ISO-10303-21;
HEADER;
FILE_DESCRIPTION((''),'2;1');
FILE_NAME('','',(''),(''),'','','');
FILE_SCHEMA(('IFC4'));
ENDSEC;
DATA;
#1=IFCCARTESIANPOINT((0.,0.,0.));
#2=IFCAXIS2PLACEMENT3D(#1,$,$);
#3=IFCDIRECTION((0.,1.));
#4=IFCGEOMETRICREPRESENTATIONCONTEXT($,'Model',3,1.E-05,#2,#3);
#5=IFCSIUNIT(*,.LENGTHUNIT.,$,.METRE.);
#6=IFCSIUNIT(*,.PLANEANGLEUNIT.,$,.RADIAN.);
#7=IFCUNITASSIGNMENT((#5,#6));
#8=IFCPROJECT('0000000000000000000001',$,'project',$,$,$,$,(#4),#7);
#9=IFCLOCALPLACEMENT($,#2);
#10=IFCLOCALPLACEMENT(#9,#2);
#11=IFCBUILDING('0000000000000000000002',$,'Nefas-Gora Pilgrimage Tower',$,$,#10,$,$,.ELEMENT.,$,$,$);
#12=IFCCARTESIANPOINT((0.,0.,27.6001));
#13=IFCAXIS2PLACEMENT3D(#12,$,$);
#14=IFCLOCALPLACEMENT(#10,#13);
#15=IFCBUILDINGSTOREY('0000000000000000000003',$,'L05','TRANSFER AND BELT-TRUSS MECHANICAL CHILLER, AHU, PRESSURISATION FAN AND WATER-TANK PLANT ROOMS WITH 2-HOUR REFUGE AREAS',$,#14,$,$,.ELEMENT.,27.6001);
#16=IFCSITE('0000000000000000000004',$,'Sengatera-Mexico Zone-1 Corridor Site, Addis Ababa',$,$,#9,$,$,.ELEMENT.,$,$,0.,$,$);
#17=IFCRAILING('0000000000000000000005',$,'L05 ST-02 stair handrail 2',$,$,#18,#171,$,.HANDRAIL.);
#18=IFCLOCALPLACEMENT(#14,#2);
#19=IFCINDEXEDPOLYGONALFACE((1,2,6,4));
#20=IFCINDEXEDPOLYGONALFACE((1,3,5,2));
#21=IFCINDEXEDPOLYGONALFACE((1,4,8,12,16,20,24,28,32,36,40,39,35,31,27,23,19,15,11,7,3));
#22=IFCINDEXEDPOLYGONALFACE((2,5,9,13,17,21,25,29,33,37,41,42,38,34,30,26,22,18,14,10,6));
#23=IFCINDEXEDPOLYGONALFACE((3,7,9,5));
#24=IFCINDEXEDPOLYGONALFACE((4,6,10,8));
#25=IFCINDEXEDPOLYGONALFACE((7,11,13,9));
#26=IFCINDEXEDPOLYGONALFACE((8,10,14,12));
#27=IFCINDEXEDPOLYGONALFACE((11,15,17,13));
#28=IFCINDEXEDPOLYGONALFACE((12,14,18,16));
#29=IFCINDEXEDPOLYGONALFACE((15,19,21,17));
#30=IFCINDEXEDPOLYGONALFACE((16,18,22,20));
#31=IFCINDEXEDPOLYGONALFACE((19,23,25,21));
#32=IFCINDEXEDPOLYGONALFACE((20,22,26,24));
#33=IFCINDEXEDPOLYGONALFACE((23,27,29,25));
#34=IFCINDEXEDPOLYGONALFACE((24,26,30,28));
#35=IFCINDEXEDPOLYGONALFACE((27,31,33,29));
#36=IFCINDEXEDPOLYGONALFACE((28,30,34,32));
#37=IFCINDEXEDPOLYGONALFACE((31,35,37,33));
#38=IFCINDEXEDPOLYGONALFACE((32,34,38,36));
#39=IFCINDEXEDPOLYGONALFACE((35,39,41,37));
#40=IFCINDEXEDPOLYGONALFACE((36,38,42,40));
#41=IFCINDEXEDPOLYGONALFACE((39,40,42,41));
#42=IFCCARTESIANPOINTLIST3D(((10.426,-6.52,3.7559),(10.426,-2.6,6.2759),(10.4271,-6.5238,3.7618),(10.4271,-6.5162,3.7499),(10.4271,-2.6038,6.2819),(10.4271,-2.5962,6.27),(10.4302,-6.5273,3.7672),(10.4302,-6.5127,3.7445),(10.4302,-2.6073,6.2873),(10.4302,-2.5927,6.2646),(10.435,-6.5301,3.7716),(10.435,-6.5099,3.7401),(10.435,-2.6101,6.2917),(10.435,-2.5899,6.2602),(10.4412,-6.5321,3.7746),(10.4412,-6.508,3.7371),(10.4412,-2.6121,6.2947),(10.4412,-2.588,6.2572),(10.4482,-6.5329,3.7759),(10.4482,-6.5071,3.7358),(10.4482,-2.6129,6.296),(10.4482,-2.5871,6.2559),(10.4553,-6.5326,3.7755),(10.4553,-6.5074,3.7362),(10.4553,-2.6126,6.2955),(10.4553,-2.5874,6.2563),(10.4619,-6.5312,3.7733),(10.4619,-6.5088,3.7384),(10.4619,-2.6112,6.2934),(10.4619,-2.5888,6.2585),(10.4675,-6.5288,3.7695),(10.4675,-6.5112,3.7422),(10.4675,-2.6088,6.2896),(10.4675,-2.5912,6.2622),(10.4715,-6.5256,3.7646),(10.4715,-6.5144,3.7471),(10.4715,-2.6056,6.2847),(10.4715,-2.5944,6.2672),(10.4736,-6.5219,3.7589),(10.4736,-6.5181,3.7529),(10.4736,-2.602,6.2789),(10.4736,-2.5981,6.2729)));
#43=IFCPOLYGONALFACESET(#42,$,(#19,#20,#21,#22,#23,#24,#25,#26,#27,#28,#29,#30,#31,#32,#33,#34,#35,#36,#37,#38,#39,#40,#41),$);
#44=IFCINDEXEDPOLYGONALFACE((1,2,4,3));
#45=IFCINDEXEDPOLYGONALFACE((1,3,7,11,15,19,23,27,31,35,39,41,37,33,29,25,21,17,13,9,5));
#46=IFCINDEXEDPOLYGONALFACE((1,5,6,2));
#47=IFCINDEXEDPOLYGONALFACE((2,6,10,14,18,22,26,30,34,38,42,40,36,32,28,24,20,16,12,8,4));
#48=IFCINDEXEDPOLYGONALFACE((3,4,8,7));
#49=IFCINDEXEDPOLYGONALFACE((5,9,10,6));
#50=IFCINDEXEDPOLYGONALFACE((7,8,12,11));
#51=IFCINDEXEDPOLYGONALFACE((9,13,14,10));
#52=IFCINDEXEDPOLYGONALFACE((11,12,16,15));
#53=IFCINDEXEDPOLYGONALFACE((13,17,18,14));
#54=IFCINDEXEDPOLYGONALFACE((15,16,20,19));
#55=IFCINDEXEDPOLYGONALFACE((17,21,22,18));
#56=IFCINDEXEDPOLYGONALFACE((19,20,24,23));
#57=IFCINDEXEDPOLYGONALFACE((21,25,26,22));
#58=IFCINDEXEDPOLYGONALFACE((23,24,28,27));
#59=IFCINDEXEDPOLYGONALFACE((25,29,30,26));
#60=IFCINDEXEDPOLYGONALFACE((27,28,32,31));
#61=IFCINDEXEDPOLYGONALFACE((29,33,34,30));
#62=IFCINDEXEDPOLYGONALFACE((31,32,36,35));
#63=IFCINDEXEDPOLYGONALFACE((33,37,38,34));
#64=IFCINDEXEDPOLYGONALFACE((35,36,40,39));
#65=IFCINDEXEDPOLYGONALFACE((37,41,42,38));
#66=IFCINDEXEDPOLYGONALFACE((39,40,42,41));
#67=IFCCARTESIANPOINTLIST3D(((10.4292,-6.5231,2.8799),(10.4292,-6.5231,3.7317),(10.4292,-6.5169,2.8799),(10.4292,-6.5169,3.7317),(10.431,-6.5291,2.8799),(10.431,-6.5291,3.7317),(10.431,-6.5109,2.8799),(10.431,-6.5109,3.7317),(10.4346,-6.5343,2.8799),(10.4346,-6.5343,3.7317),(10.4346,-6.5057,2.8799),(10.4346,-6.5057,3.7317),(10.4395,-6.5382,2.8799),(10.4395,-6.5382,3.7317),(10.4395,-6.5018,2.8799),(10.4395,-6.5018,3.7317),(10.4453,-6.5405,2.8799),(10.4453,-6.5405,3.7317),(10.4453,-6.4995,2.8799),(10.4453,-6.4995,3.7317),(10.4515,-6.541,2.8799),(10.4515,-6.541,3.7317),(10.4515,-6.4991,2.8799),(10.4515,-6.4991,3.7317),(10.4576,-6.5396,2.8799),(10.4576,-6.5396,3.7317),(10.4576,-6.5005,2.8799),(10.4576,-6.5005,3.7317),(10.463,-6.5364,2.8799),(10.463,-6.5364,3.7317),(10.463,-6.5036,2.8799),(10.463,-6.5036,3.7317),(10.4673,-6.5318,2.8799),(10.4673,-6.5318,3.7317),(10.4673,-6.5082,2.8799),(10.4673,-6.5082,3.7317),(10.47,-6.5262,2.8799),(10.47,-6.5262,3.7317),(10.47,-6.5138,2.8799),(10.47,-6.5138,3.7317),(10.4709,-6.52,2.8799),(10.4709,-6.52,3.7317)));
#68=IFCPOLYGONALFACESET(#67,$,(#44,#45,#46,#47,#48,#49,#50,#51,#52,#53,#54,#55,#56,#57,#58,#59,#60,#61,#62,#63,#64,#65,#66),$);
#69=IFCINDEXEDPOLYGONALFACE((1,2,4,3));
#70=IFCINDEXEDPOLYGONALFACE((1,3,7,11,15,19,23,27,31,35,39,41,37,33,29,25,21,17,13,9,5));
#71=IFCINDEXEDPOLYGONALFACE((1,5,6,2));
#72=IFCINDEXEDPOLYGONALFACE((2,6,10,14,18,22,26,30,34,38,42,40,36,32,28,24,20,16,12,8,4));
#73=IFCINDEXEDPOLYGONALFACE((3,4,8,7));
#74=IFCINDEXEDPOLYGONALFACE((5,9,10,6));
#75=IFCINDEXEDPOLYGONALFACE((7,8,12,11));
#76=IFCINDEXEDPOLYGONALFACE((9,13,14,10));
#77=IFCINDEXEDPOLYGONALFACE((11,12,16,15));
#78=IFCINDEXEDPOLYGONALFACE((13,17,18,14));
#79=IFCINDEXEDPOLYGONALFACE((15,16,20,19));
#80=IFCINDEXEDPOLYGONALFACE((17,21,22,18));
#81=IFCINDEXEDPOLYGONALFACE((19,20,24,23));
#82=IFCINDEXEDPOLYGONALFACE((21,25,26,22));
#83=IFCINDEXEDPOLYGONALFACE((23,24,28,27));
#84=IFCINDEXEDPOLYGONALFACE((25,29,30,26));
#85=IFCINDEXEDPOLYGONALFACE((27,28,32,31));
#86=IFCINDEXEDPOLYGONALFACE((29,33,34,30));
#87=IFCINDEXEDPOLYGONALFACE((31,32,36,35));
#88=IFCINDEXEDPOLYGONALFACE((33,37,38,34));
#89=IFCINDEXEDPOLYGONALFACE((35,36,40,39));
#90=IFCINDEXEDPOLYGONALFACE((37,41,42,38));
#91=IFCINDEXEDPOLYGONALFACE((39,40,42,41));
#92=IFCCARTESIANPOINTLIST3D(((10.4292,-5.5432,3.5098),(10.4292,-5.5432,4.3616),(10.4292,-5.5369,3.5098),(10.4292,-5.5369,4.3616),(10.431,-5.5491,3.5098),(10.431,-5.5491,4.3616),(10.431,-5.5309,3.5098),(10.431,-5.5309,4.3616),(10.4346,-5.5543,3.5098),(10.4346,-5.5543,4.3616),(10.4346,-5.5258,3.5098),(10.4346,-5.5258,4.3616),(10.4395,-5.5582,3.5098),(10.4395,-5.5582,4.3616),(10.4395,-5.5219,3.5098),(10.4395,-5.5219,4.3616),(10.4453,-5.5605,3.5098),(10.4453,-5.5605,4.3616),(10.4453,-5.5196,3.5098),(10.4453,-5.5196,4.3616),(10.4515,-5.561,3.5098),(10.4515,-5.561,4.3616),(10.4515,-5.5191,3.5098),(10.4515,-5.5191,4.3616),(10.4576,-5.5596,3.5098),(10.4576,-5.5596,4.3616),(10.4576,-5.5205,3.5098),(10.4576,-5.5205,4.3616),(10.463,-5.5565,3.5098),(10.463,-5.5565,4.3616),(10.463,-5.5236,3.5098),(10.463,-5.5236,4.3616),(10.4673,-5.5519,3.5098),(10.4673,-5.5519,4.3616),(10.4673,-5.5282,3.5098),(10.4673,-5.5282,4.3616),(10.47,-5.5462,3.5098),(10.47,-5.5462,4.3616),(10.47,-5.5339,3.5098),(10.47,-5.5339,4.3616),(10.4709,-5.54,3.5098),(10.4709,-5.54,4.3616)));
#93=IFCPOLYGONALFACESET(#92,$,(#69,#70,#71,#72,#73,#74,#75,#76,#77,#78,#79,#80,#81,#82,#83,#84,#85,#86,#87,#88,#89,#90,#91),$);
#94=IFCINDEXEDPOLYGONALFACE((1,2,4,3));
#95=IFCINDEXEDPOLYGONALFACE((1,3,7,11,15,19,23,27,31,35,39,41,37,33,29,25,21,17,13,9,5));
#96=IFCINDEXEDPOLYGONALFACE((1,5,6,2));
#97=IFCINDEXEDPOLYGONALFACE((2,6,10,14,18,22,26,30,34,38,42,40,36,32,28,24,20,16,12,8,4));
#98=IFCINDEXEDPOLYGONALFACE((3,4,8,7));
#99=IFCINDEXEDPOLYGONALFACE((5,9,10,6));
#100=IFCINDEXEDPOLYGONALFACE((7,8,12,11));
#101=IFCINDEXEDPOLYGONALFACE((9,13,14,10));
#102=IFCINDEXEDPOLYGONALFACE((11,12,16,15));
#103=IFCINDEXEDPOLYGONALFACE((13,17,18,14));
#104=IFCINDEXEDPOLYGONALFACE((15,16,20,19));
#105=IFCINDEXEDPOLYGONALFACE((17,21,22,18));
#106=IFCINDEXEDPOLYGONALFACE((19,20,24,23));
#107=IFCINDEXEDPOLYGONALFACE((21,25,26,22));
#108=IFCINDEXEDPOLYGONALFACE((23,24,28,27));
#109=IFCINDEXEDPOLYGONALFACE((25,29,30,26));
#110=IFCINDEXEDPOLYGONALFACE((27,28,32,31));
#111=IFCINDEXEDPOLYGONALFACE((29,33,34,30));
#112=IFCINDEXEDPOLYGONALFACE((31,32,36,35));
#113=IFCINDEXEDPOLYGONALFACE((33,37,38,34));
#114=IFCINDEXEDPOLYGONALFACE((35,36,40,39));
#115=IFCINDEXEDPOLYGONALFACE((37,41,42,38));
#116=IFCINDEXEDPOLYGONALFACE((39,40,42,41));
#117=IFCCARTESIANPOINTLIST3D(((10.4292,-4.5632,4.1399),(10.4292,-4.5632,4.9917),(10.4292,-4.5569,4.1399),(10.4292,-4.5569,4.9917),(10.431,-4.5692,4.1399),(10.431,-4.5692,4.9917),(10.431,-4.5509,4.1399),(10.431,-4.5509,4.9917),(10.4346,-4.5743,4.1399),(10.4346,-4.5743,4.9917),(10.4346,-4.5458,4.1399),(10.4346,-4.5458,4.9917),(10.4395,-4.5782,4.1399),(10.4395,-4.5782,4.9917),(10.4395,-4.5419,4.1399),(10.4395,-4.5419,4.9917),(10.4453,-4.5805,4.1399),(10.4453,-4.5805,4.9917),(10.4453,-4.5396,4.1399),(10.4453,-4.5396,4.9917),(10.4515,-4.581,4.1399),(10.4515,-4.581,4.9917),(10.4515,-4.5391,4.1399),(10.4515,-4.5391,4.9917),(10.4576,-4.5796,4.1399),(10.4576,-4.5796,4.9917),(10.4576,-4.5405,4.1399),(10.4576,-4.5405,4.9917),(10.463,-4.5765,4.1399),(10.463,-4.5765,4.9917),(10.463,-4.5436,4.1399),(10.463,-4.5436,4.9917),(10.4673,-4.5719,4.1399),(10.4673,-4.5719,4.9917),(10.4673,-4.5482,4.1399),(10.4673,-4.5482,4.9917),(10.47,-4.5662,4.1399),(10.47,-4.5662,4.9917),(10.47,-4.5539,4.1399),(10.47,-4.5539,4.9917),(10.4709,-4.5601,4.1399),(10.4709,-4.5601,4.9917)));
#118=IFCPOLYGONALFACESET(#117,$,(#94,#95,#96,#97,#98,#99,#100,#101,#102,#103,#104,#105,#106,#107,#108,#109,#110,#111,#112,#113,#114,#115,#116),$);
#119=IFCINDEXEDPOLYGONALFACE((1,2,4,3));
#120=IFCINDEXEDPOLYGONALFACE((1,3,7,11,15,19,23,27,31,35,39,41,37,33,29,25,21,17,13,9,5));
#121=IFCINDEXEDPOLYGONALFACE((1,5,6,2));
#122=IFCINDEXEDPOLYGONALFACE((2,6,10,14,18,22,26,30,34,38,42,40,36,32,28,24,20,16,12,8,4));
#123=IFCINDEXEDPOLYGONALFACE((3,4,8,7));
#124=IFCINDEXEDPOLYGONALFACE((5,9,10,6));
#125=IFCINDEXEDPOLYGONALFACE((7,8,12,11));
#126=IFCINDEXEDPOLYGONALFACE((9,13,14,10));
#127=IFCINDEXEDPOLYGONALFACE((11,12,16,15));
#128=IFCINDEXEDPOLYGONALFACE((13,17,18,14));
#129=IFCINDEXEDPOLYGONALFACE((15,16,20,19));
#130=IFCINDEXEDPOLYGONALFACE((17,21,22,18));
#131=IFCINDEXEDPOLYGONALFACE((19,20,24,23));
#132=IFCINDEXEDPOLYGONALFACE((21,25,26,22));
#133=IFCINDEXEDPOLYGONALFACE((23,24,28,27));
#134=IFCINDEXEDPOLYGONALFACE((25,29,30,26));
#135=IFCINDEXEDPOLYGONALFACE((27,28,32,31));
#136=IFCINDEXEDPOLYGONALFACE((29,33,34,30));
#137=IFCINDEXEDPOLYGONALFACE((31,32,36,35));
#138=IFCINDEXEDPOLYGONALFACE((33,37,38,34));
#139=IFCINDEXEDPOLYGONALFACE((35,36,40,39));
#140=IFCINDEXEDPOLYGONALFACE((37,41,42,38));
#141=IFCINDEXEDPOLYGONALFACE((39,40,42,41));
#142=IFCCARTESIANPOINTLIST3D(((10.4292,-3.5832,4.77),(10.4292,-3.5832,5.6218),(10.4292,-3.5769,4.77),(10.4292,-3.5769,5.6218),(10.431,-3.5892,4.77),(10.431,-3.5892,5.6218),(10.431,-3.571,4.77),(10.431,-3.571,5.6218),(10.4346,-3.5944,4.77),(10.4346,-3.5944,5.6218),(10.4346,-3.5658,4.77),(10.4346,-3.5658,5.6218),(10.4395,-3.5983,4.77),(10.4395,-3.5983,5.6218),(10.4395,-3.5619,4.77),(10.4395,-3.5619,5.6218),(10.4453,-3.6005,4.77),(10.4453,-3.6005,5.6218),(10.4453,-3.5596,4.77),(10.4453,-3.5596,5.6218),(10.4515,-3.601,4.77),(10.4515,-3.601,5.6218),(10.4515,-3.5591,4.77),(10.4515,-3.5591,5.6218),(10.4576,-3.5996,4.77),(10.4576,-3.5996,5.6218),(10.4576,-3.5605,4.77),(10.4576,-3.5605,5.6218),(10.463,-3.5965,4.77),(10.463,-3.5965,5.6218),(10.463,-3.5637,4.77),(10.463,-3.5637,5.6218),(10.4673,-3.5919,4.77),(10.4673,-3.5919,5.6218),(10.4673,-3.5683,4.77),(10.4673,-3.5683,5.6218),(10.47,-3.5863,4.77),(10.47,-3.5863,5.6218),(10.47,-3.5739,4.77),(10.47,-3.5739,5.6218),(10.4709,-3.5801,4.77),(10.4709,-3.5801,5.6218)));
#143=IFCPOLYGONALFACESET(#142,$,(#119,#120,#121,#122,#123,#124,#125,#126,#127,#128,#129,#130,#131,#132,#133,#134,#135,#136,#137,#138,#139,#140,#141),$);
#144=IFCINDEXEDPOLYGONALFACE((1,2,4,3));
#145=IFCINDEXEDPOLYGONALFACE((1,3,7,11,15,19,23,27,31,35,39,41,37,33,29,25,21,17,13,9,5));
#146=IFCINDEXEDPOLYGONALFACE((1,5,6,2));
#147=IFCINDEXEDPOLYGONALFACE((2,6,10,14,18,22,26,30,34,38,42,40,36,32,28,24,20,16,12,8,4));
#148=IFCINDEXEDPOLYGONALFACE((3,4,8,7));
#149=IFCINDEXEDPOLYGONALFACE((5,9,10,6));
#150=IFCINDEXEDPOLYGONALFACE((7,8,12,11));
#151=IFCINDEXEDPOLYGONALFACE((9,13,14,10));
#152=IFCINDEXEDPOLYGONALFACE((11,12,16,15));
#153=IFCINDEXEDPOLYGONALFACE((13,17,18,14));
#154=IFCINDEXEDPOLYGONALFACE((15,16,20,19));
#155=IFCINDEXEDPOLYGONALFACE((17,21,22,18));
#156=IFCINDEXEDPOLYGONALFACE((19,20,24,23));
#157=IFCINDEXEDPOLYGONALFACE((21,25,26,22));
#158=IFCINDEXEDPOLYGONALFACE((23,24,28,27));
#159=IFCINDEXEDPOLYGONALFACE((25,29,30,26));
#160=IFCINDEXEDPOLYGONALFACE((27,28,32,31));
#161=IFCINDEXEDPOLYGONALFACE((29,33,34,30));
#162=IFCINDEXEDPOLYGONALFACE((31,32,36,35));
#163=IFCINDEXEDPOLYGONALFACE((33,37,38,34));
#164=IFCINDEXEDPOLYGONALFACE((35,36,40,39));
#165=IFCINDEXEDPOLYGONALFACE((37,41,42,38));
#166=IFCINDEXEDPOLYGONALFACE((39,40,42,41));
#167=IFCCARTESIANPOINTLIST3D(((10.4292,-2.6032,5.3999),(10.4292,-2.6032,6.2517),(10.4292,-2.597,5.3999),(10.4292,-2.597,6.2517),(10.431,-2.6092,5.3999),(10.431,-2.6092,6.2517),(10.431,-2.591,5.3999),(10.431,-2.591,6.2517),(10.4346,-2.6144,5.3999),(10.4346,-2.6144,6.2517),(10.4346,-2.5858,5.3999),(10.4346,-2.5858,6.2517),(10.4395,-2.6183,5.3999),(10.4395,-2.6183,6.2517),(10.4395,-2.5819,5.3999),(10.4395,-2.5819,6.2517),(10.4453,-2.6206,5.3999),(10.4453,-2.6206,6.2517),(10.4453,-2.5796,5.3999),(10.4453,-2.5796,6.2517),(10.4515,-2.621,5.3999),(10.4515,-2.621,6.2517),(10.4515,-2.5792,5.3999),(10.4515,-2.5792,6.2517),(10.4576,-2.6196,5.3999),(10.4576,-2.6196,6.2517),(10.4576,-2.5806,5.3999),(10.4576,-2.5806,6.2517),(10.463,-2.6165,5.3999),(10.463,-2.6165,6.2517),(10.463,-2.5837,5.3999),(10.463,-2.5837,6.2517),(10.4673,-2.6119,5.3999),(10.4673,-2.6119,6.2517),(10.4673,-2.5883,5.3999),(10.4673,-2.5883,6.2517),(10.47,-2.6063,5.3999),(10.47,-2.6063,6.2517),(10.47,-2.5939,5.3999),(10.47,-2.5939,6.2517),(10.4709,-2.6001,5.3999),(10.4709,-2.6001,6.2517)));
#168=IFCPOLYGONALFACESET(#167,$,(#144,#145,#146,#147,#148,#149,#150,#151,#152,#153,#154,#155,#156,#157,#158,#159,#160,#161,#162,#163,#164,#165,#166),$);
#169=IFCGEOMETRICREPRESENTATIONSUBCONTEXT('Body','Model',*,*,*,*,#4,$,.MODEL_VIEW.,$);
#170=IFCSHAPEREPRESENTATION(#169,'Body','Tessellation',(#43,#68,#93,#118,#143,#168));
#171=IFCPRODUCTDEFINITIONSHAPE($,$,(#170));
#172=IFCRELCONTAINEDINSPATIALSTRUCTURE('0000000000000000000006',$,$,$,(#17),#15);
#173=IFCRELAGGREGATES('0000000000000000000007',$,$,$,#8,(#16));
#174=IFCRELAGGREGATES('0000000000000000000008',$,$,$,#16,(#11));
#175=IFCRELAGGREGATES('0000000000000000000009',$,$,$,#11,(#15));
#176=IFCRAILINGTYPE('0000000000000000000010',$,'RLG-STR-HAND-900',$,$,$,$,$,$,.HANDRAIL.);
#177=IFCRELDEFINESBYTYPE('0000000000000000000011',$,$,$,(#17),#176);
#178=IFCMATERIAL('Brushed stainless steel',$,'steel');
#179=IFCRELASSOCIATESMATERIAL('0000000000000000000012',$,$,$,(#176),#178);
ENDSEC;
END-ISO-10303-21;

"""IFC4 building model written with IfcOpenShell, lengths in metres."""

from ifc_helpers import new_model, si_unit, direction, frame, origin, origin_2d, place, context, subcontext, project, spatial, circle, extrude, material, type_object, element, save


model = new_model("IFC4")

# Units and contexts
model_context = context("Model", 3, precision=1e-05, world=origin(), true_north=direction((0.0, 1.0)))
body_context = subcontext(model_context, "Body", "Model", "MODEL_VIEW")
ifc_project = project(units=[si_unit("LENGTHUNIT", "METRE"), si_unit("PLANEANGLEUNIT", "RADIAN")], contexts=[model_context])

# Site, building, storey
site_placement = place(None, origin())
site = spatial("IfcSite", under=ifc_project, at=site_placement, Name="Sengatera-Mexico Zone-1 Corridor Site, Addis Ababa", CompositionType="ELEMENT", RefElevation=0.0)
building_placement = place(site_placement, origin())
building = spatial("IfcBuilding", under=site, at=building_placement, Name="Nefas-Gora Pilgrimage Tower", CompositionType="ELEMENT")
storey_placement = place(building_placement, frame((0.0, 0.0, 27.6001)))
storey = spatial("IfcBuildingStorey", under=building, at=storey_placement, Name="L05", Description="TRANSFER AND BELT-TRUSS MECHANICAL CHILLER, AHU, PRESSURISATION FAN AND WATER-TANK PLANT ROOMS WITH 2-HOUR REFUGE AREAS", CompositionType="ELEMENT", Elevation=27.6001)

# Railing
ifc_material_1 = material(Name="Brushed stainless steel", Category="steel")
railing_type_1 = type_object("IfcRailingType", Name="RLG-STR-HAND-900", PredefinedType="HANDRAIL", material=ifc_material_1)
railing_1_placement = place(storey_placement, frame((10.45, -6.52, 2.8799)))
element("IfcRailing", 1, at=railing_1_placement, inside=storey, type_object=railing_type_1, Name="L05 ST-02 stair handrail 2", PredefinedType="HANDRAIL", context=body_context, shape_type="SweptSolid", body=[
    extrude(circle(Radius=0.0239, at=origin_2d()), frame((0.0, 0.0, 0.876), z_axis=(0.0, 0.841172, 0.540768), x_axis=(-1.0, 0.0, 0.0)), (0.0, 0.0, 1.0), 4.6602),
    extrude(circle(Radius=0.021, at=origin_2d()), origin(), (0.0, 0.0, 1.0), 0.8518),
    extrude(circle(Radius=0.021, at=origin_2d()), frame((0.0, 0.98, 0.6299)), (0.0, 0.0, 1.0), 0.8518),
    extrude(circle(Radius=0.021, at=origin_2d()), frame((0.0, 1.96, 1.26)), (0.0, 0.0, 1.0), 0.8518),
    extrude(circle(Radius=0.021, at=origin_2d()), frame((0.0, 2.9399, 1.8901)), (0.0, 0.0, 1.0), 0.8518),
    extrude(circle(Radius=0.021, at=origin_2d()), frame((0.0, 3.9199, 2.52)), (0.0, 0.0, 1.0), 0.8518),
])

save(model, "model.ifc")
